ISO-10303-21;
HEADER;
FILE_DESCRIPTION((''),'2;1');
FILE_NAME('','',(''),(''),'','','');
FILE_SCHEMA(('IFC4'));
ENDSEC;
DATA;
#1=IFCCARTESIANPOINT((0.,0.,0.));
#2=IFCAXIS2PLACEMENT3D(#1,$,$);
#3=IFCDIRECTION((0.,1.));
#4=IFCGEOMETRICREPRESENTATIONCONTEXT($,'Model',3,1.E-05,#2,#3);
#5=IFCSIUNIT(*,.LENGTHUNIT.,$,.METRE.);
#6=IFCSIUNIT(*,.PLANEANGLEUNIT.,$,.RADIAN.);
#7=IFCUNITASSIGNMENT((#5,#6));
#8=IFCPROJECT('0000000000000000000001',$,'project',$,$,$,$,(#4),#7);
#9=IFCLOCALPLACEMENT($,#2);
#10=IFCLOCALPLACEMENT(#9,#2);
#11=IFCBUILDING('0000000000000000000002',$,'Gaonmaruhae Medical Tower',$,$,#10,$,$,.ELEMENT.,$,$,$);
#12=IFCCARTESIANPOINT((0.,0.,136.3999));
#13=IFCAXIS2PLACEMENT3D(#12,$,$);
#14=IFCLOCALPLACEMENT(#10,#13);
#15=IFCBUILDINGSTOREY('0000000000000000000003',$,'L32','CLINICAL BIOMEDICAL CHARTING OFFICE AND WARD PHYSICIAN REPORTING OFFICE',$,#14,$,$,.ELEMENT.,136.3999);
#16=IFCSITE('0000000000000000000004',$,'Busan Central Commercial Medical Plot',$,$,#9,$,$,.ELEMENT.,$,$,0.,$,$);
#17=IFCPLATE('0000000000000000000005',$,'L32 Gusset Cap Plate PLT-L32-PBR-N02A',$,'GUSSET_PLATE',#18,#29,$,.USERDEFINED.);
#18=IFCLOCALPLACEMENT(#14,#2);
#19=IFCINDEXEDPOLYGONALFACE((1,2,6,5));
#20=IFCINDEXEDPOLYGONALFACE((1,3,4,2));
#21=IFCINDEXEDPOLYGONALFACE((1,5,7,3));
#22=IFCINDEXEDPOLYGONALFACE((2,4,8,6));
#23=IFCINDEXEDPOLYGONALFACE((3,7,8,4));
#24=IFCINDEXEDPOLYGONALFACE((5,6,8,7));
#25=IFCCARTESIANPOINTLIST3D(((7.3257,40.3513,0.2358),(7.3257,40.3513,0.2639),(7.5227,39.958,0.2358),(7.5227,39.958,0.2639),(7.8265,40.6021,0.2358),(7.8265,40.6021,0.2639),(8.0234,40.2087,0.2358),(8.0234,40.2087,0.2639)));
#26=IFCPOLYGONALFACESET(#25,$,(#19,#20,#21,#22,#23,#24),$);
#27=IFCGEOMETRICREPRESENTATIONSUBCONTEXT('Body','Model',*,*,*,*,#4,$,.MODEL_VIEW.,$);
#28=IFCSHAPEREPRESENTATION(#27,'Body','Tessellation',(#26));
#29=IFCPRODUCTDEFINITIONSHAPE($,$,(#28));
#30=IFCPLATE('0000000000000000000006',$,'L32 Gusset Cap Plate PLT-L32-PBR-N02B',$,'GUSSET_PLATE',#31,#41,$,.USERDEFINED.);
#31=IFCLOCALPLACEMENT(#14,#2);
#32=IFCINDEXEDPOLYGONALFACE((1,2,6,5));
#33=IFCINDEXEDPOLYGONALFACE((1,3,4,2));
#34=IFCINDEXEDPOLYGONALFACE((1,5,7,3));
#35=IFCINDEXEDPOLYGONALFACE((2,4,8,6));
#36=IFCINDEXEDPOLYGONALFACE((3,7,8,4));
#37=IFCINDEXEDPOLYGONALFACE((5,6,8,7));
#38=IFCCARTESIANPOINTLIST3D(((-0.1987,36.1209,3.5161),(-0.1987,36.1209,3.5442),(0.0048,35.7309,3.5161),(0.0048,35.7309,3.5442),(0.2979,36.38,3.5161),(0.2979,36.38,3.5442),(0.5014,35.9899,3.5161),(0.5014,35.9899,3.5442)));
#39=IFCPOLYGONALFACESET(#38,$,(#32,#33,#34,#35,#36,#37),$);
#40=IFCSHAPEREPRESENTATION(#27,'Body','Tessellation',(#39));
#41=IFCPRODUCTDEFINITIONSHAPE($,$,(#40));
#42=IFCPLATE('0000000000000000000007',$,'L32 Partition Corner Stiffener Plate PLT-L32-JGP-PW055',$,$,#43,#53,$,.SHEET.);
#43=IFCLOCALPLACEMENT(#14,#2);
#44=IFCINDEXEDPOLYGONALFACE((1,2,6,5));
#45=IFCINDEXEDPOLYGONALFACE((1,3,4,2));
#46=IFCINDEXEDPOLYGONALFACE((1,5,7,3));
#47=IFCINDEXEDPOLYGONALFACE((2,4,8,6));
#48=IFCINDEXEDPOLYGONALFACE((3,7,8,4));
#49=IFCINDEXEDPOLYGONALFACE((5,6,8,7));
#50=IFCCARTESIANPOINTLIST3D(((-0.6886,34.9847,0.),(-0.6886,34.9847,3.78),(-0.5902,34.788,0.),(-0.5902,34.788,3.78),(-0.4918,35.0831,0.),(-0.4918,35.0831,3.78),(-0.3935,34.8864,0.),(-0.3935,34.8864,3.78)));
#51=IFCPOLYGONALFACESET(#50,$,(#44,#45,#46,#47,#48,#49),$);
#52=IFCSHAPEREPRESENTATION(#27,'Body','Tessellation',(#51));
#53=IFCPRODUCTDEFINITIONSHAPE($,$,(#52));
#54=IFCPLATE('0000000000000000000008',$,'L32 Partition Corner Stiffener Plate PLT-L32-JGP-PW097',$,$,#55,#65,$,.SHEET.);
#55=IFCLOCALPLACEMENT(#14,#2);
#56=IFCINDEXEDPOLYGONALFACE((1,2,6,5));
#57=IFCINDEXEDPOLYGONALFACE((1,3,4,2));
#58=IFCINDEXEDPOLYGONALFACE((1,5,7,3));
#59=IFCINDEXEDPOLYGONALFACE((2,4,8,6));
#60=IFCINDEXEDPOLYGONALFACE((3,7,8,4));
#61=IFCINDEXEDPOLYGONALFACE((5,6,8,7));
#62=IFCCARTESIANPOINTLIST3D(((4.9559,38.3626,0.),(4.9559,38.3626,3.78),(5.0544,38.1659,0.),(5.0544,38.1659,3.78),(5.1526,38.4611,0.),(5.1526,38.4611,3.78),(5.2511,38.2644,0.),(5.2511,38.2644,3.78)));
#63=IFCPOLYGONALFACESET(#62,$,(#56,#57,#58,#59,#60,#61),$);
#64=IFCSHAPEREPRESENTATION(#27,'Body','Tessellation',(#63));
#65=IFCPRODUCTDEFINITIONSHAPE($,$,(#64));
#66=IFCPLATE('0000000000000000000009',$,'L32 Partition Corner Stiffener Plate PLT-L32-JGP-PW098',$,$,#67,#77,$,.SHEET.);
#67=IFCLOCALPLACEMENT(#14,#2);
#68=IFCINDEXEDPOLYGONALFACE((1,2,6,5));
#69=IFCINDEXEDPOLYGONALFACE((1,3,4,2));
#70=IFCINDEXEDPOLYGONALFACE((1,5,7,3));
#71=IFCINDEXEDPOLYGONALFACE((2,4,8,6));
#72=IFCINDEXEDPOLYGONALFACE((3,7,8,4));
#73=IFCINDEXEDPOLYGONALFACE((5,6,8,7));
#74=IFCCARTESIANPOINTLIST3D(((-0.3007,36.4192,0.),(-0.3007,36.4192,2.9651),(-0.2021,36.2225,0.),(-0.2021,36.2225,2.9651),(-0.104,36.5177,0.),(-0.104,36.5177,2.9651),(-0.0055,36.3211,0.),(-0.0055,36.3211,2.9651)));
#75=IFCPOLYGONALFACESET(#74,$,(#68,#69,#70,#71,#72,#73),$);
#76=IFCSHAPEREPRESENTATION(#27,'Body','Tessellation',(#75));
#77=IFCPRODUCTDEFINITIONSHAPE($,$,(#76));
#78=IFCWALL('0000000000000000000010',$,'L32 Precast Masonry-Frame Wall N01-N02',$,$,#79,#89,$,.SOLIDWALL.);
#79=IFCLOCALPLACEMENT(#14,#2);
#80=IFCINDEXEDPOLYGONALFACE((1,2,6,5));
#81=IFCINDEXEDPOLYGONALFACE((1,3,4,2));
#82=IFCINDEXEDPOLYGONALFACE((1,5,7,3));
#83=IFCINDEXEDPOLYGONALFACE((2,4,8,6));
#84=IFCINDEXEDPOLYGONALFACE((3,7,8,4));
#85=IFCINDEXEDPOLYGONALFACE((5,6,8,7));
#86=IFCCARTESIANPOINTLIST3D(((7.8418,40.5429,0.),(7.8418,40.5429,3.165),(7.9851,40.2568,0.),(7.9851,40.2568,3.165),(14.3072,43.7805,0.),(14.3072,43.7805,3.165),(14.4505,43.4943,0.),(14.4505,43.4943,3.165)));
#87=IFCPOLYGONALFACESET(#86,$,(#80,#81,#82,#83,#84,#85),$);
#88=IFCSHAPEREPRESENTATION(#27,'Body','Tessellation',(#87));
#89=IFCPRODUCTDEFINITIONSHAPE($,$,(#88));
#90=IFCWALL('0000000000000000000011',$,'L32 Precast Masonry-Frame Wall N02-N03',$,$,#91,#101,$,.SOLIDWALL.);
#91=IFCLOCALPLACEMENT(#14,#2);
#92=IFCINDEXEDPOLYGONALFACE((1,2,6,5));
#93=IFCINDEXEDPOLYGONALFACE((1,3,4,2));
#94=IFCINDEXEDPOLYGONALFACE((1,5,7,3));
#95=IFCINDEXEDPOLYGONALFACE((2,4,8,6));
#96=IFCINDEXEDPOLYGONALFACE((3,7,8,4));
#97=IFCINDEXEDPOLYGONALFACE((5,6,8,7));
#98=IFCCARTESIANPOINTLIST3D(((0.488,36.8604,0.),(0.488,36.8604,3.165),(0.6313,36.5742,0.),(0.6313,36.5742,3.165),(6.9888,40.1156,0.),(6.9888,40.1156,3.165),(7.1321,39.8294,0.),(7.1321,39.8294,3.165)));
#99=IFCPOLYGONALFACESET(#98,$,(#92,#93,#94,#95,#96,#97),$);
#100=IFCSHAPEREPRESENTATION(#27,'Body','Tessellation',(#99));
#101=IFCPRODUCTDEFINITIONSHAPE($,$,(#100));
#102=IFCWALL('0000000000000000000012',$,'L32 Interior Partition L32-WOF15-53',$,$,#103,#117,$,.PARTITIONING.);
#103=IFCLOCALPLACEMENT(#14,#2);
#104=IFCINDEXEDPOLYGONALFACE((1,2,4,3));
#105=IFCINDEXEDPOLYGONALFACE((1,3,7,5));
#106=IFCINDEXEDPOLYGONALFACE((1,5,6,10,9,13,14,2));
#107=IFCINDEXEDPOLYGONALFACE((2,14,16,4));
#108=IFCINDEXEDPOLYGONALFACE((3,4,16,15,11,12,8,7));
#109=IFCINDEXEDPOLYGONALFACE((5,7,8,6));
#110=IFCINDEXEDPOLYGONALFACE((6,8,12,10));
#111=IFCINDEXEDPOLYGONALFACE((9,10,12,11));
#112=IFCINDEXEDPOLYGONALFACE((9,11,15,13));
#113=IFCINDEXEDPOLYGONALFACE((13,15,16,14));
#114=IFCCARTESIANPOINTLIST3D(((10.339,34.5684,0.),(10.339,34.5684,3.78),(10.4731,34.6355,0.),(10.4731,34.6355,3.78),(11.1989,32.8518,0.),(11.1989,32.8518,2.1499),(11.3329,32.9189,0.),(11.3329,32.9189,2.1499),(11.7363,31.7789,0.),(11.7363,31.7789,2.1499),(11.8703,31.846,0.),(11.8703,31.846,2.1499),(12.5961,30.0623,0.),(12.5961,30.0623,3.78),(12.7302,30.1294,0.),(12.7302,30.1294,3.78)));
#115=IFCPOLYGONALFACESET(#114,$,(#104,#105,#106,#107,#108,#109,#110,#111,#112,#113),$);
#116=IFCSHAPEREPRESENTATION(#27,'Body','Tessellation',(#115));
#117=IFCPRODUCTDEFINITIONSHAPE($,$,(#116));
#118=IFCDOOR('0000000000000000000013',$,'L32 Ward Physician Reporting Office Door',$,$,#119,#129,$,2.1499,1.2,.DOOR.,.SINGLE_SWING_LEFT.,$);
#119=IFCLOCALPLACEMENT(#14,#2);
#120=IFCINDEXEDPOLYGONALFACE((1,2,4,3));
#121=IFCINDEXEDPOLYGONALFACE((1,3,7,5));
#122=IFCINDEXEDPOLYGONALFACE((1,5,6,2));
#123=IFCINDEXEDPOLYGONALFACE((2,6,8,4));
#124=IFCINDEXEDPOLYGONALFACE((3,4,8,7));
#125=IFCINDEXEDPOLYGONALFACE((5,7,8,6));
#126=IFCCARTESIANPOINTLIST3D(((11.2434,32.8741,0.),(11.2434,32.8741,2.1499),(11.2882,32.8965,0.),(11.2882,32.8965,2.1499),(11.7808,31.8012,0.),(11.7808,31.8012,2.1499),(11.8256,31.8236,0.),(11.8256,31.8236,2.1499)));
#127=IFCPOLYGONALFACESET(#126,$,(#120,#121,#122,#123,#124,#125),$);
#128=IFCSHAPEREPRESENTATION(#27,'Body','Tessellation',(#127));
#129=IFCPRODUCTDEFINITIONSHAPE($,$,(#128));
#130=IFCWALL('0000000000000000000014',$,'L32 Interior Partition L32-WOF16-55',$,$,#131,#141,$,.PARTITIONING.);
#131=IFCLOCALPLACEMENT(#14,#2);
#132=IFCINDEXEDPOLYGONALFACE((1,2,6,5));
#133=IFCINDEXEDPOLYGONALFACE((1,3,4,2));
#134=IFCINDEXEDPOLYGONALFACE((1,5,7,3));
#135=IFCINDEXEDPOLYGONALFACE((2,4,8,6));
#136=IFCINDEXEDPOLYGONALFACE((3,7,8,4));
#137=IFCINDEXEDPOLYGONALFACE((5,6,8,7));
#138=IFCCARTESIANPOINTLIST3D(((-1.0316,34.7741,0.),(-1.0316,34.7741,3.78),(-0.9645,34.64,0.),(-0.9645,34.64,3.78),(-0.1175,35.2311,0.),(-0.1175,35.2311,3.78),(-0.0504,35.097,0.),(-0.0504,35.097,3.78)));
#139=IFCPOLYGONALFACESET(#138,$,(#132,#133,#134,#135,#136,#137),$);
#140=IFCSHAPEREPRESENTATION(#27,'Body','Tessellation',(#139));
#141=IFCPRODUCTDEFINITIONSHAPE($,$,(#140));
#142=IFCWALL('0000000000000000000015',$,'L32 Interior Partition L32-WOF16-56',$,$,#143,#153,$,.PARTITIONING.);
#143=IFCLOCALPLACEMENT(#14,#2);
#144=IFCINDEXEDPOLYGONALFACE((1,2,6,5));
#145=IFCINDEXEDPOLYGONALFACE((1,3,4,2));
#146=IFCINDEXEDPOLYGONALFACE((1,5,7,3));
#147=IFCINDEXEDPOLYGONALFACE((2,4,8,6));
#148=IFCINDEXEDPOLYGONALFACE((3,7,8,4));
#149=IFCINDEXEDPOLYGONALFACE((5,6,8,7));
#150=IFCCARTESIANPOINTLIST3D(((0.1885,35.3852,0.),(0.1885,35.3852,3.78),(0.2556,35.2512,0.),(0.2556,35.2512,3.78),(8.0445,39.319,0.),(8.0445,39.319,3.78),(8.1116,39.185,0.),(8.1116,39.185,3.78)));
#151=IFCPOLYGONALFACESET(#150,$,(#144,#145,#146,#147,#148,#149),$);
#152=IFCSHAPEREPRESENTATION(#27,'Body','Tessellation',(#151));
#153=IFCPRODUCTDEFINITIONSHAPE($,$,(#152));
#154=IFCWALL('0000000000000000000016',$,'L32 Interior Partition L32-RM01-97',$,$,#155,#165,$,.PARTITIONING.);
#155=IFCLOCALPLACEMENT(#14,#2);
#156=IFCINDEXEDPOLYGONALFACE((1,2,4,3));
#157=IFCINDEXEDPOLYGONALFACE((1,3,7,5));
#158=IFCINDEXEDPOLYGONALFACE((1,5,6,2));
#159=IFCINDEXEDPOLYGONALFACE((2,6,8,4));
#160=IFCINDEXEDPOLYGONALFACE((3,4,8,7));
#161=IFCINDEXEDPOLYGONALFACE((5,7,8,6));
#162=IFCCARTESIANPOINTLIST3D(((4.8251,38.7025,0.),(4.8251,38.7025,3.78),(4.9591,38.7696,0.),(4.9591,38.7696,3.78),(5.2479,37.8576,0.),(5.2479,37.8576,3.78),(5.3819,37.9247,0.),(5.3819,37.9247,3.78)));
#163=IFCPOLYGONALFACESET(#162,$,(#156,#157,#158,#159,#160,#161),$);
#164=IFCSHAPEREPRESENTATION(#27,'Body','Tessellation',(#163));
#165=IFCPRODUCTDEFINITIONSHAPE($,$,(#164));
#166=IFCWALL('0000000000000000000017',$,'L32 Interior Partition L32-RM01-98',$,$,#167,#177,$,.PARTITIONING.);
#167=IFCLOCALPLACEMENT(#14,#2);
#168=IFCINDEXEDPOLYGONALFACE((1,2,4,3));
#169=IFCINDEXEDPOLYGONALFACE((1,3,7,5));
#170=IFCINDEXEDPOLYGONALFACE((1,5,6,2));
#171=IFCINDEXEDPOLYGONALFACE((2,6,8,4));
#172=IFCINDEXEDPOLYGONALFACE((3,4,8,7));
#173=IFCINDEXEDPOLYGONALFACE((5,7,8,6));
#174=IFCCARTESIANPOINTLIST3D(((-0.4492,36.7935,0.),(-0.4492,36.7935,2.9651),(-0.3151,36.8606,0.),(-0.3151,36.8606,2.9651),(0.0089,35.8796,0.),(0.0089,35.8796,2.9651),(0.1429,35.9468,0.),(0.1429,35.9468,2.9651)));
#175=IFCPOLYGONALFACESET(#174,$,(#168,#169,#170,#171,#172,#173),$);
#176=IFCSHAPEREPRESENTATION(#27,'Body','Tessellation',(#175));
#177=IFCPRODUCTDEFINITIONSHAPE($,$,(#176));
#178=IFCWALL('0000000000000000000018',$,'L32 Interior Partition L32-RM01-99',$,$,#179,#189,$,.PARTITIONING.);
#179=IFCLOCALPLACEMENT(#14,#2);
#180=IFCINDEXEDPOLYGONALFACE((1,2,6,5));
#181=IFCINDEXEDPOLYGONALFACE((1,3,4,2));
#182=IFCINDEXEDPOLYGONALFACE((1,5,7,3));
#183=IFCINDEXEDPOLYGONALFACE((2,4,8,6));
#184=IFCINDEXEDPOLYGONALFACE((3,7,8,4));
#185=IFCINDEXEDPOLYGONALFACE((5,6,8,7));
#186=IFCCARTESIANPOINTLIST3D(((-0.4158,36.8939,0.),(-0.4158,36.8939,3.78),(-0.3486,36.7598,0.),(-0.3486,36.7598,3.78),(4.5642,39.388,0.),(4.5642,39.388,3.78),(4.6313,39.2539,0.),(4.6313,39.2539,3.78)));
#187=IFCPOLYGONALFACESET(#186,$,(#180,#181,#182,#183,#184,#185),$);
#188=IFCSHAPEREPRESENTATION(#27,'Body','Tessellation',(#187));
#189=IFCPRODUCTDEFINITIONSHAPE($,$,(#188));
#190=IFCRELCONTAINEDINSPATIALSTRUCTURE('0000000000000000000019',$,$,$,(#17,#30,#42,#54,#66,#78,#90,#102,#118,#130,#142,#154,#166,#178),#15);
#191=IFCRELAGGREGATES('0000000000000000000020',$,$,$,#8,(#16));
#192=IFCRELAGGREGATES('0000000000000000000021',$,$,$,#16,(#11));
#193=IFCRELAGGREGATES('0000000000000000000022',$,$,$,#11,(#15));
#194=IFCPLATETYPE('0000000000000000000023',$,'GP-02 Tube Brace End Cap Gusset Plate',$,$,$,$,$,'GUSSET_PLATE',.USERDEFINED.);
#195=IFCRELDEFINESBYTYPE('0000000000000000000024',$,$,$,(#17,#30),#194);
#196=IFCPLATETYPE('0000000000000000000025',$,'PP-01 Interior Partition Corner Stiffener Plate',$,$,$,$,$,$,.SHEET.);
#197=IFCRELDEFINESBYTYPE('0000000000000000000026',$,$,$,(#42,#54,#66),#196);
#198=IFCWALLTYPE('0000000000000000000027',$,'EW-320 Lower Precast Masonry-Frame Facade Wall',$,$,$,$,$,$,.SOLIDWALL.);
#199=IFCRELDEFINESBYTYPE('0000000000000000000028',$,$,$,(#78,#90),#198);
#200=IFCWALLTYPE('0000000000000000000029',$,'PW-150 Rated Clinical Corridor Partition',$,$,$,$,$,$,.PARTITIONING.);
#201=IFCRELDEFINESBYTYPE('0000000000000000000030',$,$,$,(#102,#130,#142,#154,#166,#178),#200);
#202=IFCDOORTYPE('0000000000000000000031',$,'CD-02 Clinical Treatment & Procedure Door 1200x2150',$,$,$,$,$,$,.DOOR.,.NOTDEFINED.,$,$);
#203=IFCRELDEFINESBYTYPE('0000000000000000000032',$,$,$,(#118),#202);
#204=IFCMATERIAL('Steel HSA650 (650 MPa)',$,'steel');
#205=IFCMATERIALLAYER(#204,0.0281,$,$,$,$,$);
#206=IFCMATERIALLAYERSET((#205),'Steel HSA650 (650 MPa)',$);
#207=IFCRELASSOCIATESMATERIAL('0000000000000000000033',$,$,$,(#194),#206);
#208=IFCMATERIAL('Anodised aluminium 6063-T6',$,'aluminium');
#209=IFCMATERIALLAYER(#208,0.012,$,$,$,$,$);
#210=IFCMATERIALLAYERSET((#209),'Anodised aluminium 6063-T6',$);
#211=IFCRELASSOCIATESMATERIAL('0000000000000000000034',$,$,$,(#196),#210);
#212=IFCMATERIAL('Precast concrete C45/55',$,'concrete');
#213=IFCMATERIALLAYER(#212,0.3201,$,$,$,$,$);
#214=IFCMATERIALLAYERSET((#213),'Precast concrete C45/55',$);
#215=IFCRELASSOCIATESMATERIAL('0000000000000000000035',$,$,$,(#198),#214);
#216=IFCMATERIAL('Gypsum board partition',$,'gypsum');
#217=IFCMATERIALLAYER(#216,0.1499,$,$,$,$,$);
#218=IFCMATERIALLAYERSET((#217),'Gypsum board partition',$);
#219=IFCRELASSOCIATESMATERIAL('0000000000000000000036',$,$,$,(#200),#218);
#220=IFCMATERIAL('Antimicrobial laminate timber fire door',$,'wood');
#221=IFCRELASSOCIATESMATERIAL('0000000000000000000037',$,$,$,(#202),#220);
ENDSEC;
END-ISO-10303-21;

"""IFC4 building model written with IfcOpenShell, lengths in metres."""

from ifc_helpers import new_model, si_unit, direction, frame, frame_2d, origin, origin_2d, place, context, subcontext, project, spatial, rectangle, extrude, material, layer, layer_set, type_object, element, fill, save


model = new_model("IFC4")

# Units and contexts
model_context = context("Model", 3, precision=1e-05, world=origin(), true_north=direction((0.0, 1.0)))
body_context = subcontext(model_context, "Body", "Model", "MODEL_VIEW")
ifc_project = project(units=[si_unit("LENGTHUNIT", "METRE"), si_unit("PLANEANGLEUNIT", "RADIAN")], contexts=[model_context])

# Site, building, storey
site_placement = place(None, origin())
site = spatial("IfcSite", under=ifc_project, at=site_placement, Name="Busan Central Commercial Medical Plot", CompositionType="ELEMENT", RefElevation=0.0)
building_placement = place(site_placement, origin())
building = spatial("IfcBuilding", under=site, at=building_placement, Name="Gaonmaruhae Medical Tower", CompositionType="ELEMENT")
storey_placement = place(building_placement, frame((0.0, 0.0, 136.3999)))
storey = spatial("IfcBuildingStorey", under=building, at=storey_placement, Name="L32", Description="CLINICAL BIOMEDICAL CHARTING OFFICE AND WARD PHYSICIAN REPORTING OFFICE", CompositionType="ELEMENT", Elevation=136.3999)

# Plates
ifc_material_1 = material(Name="Steel HSA650 (650 MPa)", Category="steel")
ifc_layer_1 = layer(ifc_material_1, 0.0281)
ifc_layer_set_1 = layer_set([ifc_layer_1], Name="Steel HSA650 (650 MPa)")
plate_type_1 = type_object("IfcPlateType", Name="GP-02 Tube Brace End Cap Gusset Plate", ElementType="GUSSET_PLATE", PredefinedType="USERDEFINED", material=ifc_layer_set_1)
for number, where, z_axis, x_axis, name in (
    (1, (7.6746, 40.28, 0.2358), (0.0, 0.0, 1.0), (0.894154, 0.447759, 0.0), "L32 Gusset Cap Plate PLT-L32-PBR-N02A"),
    (2, (0.1514, 36.0554, 3.5161), (0.0, 0.0, 1.0), (0.886608, 0.462523, 0.0), "L32 Gusset Cap Plate PLT-L32-PBR-N02B"),
):
    element("IfcPlate", number, at=place(storey_placement, frame(where, z_axis=z_axis, x_axis=x_axis)), inside=storey, type_object=plate_type_1, Name=name, ObjectType="GUSSET_PLATE", PredefinedType="USERDEFINED", context=body_context, shape_type="SweptSolid", body=[
        extrude(rectangle(XDim=0.5601, YDim=0.4399, at=origin_2d()), origin(), (0.0, 0.0, 1.0), 0.0281),
    ])
ifc_material_2 = material(Name="Anodised aluminium 6063-T6", Category="aluminium")
ifc_layer_2 = layer(ifc_material_2, 0.012)
ifc_layer_set_2 = layer_set([ifc_layer_2], Name="Anodised aluminium 6063-T6")
plate_type_2 = type_object("IfcPlateType", Name="PP-01 Interior Partition Corner Stiffener Plate", PredefinedType="SHEET", material=ifc_layer_set_2)
for number, where, z_axis, x_axis, name in (
    (3, (-0.541, 34.9355, 0.0), (0.0, 0.0, 1.0), (0.894428, 0.447213, 0.0), "L32 Partition Corner Stiffener Plate PLT-L32-JGP-PW055"),
    (4, (5.1035, 38.3135, 0.0), (0.0, 0.0, 1.0), (0.447634, -0.894217, 0.0), "L32 Partition Corner Stiffener Plate PLT-L32-JGP-PW097"),
):
    element("IfcPlate", number, at=place(storey_placement, frame(where, z_axis=z_axis, x_axis=x_axis)), inside=storey, type_object=plate_type_2, Name=name, PredefinedType="SHEET", context=body_context, shape_type="SweptSolid", body=[
        extrude(rectangle(XDim=0.22, YDim=0.22, at=origin_2d()), origin(), (0.0, 0.0, 1.0), 3.78),
    ])
plate_placement = place(storey_placement, frame((-0.1531, 36.3701, 0.0), z_axis=(0.0, 0.0, 1.0), x_axis=(-0.447993, 0.894037, 0.0)))
element("IfcPlate", 5, at=plate_placement, inside=storey, type_object=plate_type_2, Name="L32 Partition Corner Stiffener Plate PLT-L32-JGP-PW098", PredefinedType="SHEET", context=body_context, shape_type="SweptSolid", body=[
    extrude(rectangle(XDim=0.22, YDim=0.22, at=origin_2d()), origin(), (0.0, 0.0, 1.0), 2.9651),
])

# Walls
ifc_material_3 = material(Name="Precast concrete C45/55", Category="concrete")
ifc_layer_3 = layer(ifc_material_3, 0.3201)
ifc_layer_set_3 = layer_set([ifc_layer_3], Name="Precast concrete C45/55")
wall_type_1 = type_object("IfcWallType", Name="EW-320 Lower Precast Masonry-Frame Facade Wall", PredefinedType="SOLIDWALL", material=ifc_layer_set_3)
wall_1_placement = place(storey_placement, frame((7.9136, 40.3999, 0.0), z_axis=(0.0, 0.0, 1.0), x_axis=(0.894157, 0.447754, 0.0)))
element("IfcWall", 6, at=wall_1_placement, inside=storey, type_object=wall_type_1, Name="L32 Precast Masonry-Frame Wall N01-N02", PredefinedType="SOLIDWALL", context=body_context, shape_type="SweptSolid", body=[
    extrude(rectangle(XDim=7.2307, YDim=0.3201, at=frame_2d((3.6152, 0.0))), origin(), (0.0, 0.0, 1.0), 3.165),
])
wall_2_placement = place(storey_placement, frame((0.5596, 36.7173, 0.0), z_axis=(0.0, 0.0, 1.0), x_axis=(0.894165, 0.447737, 0.0)))
element("IfcWall", 7, at=wall_2_placement, inside=storey, type_object=wall_type_1, Name="L32 Precast Masonry-Frame Wall N02-N03", PredefinedType="SOLIDWALL", context=body_context, shape_type="SweptSolid", body=[
    extrude(rectangle(XDim=7.2703, YDim=0.3201, at=frame_2d((3.6353, 0.0))), origin(), (0.0, 0.0, 1.0), 3.165),
])

# Wall, opening, door
ifc_material_4 = material(Name="Gypsum board partition", Category="gypsum")
ifc_layer_4 = layer(ifc_material_4, 0.1499)
ifc_layer_set_4 = layer_set([ifc_layer_4], Name="Gypsum board partition")
wall_type_2 = type_object("IfcWallType", Name="PW-150 Rated Clinical Corridor Partition", PredefinedType="PARTITIONING", material=ifc_layer_set_4)
wall_3_placement = place(storey_placement, frame((10.406, 34.6021, 0.0), z_axis=(0.0, 0.0, 1.0), x_axis=(0.447853, -0.894107, 0.0)))
wall_3 = element("IfcWall", 8, at=wall_3_placement, inside=storey, type_object=wall_type_2, Name="L32 Interior Partition L32-WOF15-53", PredefinedType="PARTITIONING", context=body_context, shape_type="SweptSolid", body=[
    extrude(rectangle(XDim=5.0398, YDim=0.1499, at=frame_2d((2.52, 0.0))), origin(), (0.0, 0.0, 1.0), 3.78),
])
opening_1_placement = place(wall_3_placement, frame((1.9199, 0.0, 0.0)))
opening_1 = element("IfcOpeningElement", 9, at=opening_1_placement, cuts=wall_3, PredefinedType="OPENING", context=body_context, shape_type="SweptSolid", body=[
    extrude(rectangle(XDim=1.2, YDim=2.1499, at=frame_2d((0.6001, 1.075))), frame((0.0, 0.085, 0.0), z_axis=(0.0, -1.0, 0.0), x_axis=(1.0, 0.0, 0.0)), (0.0, 0.0, 1.0), 0.1699),
])
ifc_material_5 = material(Name="Antimicrobial laminate timber fire door", Category="wood")
door_type = type_object("IfcDoorType", Name="CD-02 Clinical Treatment & Procedure Door 1200x2150", OperationType="NOTDEFINED", PredefinedType="DOOR", material=ifc_material_5)
door_1_placement = place(opening_1_placement, origin())
door_1 = element("IfcDoor", 10, at=door_1_placement, inside=storey, type_object=door_type, Name="L32 Ward Physician Reporting Office Door", OperationType="SINGLE_SWING_LEFT", OverallHeight=2.1499, OverallWidth=1.2, PredefinedType="DOOR", context=body_context, shape_type="SweptSolid", body=[
    extrude(rectangle(XDim=1.2, YDim=2.1499, at=frame_2d((0.6001, 1.075))), frame((0.0, 0.0249, 0.0), z_axis=(0.0, -1.0, 0.0), x_axis=(1.0, 0.0, 0.0)), (0.0, 0.0, 1.0), 0.05),
])
fill(opening_1, door_1)

# Walls
wall_4_placement = place(storey_placement, frame((-0.998, 34.707, 0.0), z_axis=(0.0, 0.0, 1.0), x_axis=(0.894427, 0.447214, 0.0)))
element("IfcWall", 11, at=wall_4_placement, inside=storey, type_object=wall_type_2, Name="L32 Interior Partition L32-WOF16-55", PredefinedType="PARTITIONING", context=body_context, shape_type="SweptSolid", body=[
    extrude(rectangle(XDim=1.022, YDim=0.1499, at=frame_2d((0.511, 0.0))), origin(), (0.0, 0.0, 1.0), 3.78),
])
wall_5_placement = place(storey_placement, frame((0.2219, 35.3181, 0.0), z_axis=(0.0, 0.0, 1.0), x_axis=(0.89416, 0.447747, 0.0)))
element("IfcWall", 12, at=wall_5_placement, inside=storey, type_object=wall_type_2, Name="L32 Interior Partition L32-WOF16-56", PredefinedType="PARTITIONING", context=body_context, shape_type="SweptSolid", body=[
    extrude(rectangle(XDim=8.7859, YDim=0.1499, at=frame_2d((4.3931, 0.0))), origin(), (0.0, 0.0, 1.0), 3.78),
])

# Walls
wall_6_placement = place(storey_placement, frame((4.8921, 38.7361, 0.0), z_axis=(0.0, 0.0, 1.0), x_axis=(0.447524, -0.894272, 0.0)))
element("IfcWall", 13, at=wall_6_placement, inside=storey, type_object=wall_type_2, Name="L32 Interior Partition L32-RM01-97", PredefinedType="PARTITIONING", context=body_context, shape_type="SweptSolid", body=[
    extrude(rectangle(XDim=0.9448, YDim=0.1499, at=frame_2d((0.4724, 0.0))), origin(), (0.0, 0.0, 1.0), 3.78),
])
wall_7_placement = place(storey_placement, frame((0.0759, 35.9131, 0.0), z_axis=(0.0, 0.0, 1.0), x_axis=(-0.448073, 0.893997, 0.0)))
element("IfcWall", 14, at=wall_7_placement, inside=storey, type_object=wall_type_2, Name="L32 Interior Partition L32-RM01-98", PredefinedType="PARTITIONING", context=body_context, shape_type="SweptSolid", body=[
    extrude(rectangle(XDim=1.0222, YDim=0.1499, at=frame_2d((0.5112, 0.0))), origin(), (0.0, 0.0, 1.0), 2.9651),
])
wall_8_placement = place(storey_placement, frame((-0.3821, 36.8269, 0.0), z_axis=(0.0, 0.0, 1.0), x_axis=(0.894129, 0.44781, 0.0)))
element("IfcWall", 15, at=wall_8_placement, inside=storey, type_object=wall_type_2, Name="L32 Interior Partition L32-RM01-99", PredefinedType="PARTITIONING", context=body_context, shape_type="SweptSolid", body=[
    extrude(rectangle(XDim=5.5696, YDim=0.1499, at=frame_2d((2.7847, 0.0))), origin(), (0.0, 0.0, 1.0), 3.78),
])

save(model, "model.ifc")
